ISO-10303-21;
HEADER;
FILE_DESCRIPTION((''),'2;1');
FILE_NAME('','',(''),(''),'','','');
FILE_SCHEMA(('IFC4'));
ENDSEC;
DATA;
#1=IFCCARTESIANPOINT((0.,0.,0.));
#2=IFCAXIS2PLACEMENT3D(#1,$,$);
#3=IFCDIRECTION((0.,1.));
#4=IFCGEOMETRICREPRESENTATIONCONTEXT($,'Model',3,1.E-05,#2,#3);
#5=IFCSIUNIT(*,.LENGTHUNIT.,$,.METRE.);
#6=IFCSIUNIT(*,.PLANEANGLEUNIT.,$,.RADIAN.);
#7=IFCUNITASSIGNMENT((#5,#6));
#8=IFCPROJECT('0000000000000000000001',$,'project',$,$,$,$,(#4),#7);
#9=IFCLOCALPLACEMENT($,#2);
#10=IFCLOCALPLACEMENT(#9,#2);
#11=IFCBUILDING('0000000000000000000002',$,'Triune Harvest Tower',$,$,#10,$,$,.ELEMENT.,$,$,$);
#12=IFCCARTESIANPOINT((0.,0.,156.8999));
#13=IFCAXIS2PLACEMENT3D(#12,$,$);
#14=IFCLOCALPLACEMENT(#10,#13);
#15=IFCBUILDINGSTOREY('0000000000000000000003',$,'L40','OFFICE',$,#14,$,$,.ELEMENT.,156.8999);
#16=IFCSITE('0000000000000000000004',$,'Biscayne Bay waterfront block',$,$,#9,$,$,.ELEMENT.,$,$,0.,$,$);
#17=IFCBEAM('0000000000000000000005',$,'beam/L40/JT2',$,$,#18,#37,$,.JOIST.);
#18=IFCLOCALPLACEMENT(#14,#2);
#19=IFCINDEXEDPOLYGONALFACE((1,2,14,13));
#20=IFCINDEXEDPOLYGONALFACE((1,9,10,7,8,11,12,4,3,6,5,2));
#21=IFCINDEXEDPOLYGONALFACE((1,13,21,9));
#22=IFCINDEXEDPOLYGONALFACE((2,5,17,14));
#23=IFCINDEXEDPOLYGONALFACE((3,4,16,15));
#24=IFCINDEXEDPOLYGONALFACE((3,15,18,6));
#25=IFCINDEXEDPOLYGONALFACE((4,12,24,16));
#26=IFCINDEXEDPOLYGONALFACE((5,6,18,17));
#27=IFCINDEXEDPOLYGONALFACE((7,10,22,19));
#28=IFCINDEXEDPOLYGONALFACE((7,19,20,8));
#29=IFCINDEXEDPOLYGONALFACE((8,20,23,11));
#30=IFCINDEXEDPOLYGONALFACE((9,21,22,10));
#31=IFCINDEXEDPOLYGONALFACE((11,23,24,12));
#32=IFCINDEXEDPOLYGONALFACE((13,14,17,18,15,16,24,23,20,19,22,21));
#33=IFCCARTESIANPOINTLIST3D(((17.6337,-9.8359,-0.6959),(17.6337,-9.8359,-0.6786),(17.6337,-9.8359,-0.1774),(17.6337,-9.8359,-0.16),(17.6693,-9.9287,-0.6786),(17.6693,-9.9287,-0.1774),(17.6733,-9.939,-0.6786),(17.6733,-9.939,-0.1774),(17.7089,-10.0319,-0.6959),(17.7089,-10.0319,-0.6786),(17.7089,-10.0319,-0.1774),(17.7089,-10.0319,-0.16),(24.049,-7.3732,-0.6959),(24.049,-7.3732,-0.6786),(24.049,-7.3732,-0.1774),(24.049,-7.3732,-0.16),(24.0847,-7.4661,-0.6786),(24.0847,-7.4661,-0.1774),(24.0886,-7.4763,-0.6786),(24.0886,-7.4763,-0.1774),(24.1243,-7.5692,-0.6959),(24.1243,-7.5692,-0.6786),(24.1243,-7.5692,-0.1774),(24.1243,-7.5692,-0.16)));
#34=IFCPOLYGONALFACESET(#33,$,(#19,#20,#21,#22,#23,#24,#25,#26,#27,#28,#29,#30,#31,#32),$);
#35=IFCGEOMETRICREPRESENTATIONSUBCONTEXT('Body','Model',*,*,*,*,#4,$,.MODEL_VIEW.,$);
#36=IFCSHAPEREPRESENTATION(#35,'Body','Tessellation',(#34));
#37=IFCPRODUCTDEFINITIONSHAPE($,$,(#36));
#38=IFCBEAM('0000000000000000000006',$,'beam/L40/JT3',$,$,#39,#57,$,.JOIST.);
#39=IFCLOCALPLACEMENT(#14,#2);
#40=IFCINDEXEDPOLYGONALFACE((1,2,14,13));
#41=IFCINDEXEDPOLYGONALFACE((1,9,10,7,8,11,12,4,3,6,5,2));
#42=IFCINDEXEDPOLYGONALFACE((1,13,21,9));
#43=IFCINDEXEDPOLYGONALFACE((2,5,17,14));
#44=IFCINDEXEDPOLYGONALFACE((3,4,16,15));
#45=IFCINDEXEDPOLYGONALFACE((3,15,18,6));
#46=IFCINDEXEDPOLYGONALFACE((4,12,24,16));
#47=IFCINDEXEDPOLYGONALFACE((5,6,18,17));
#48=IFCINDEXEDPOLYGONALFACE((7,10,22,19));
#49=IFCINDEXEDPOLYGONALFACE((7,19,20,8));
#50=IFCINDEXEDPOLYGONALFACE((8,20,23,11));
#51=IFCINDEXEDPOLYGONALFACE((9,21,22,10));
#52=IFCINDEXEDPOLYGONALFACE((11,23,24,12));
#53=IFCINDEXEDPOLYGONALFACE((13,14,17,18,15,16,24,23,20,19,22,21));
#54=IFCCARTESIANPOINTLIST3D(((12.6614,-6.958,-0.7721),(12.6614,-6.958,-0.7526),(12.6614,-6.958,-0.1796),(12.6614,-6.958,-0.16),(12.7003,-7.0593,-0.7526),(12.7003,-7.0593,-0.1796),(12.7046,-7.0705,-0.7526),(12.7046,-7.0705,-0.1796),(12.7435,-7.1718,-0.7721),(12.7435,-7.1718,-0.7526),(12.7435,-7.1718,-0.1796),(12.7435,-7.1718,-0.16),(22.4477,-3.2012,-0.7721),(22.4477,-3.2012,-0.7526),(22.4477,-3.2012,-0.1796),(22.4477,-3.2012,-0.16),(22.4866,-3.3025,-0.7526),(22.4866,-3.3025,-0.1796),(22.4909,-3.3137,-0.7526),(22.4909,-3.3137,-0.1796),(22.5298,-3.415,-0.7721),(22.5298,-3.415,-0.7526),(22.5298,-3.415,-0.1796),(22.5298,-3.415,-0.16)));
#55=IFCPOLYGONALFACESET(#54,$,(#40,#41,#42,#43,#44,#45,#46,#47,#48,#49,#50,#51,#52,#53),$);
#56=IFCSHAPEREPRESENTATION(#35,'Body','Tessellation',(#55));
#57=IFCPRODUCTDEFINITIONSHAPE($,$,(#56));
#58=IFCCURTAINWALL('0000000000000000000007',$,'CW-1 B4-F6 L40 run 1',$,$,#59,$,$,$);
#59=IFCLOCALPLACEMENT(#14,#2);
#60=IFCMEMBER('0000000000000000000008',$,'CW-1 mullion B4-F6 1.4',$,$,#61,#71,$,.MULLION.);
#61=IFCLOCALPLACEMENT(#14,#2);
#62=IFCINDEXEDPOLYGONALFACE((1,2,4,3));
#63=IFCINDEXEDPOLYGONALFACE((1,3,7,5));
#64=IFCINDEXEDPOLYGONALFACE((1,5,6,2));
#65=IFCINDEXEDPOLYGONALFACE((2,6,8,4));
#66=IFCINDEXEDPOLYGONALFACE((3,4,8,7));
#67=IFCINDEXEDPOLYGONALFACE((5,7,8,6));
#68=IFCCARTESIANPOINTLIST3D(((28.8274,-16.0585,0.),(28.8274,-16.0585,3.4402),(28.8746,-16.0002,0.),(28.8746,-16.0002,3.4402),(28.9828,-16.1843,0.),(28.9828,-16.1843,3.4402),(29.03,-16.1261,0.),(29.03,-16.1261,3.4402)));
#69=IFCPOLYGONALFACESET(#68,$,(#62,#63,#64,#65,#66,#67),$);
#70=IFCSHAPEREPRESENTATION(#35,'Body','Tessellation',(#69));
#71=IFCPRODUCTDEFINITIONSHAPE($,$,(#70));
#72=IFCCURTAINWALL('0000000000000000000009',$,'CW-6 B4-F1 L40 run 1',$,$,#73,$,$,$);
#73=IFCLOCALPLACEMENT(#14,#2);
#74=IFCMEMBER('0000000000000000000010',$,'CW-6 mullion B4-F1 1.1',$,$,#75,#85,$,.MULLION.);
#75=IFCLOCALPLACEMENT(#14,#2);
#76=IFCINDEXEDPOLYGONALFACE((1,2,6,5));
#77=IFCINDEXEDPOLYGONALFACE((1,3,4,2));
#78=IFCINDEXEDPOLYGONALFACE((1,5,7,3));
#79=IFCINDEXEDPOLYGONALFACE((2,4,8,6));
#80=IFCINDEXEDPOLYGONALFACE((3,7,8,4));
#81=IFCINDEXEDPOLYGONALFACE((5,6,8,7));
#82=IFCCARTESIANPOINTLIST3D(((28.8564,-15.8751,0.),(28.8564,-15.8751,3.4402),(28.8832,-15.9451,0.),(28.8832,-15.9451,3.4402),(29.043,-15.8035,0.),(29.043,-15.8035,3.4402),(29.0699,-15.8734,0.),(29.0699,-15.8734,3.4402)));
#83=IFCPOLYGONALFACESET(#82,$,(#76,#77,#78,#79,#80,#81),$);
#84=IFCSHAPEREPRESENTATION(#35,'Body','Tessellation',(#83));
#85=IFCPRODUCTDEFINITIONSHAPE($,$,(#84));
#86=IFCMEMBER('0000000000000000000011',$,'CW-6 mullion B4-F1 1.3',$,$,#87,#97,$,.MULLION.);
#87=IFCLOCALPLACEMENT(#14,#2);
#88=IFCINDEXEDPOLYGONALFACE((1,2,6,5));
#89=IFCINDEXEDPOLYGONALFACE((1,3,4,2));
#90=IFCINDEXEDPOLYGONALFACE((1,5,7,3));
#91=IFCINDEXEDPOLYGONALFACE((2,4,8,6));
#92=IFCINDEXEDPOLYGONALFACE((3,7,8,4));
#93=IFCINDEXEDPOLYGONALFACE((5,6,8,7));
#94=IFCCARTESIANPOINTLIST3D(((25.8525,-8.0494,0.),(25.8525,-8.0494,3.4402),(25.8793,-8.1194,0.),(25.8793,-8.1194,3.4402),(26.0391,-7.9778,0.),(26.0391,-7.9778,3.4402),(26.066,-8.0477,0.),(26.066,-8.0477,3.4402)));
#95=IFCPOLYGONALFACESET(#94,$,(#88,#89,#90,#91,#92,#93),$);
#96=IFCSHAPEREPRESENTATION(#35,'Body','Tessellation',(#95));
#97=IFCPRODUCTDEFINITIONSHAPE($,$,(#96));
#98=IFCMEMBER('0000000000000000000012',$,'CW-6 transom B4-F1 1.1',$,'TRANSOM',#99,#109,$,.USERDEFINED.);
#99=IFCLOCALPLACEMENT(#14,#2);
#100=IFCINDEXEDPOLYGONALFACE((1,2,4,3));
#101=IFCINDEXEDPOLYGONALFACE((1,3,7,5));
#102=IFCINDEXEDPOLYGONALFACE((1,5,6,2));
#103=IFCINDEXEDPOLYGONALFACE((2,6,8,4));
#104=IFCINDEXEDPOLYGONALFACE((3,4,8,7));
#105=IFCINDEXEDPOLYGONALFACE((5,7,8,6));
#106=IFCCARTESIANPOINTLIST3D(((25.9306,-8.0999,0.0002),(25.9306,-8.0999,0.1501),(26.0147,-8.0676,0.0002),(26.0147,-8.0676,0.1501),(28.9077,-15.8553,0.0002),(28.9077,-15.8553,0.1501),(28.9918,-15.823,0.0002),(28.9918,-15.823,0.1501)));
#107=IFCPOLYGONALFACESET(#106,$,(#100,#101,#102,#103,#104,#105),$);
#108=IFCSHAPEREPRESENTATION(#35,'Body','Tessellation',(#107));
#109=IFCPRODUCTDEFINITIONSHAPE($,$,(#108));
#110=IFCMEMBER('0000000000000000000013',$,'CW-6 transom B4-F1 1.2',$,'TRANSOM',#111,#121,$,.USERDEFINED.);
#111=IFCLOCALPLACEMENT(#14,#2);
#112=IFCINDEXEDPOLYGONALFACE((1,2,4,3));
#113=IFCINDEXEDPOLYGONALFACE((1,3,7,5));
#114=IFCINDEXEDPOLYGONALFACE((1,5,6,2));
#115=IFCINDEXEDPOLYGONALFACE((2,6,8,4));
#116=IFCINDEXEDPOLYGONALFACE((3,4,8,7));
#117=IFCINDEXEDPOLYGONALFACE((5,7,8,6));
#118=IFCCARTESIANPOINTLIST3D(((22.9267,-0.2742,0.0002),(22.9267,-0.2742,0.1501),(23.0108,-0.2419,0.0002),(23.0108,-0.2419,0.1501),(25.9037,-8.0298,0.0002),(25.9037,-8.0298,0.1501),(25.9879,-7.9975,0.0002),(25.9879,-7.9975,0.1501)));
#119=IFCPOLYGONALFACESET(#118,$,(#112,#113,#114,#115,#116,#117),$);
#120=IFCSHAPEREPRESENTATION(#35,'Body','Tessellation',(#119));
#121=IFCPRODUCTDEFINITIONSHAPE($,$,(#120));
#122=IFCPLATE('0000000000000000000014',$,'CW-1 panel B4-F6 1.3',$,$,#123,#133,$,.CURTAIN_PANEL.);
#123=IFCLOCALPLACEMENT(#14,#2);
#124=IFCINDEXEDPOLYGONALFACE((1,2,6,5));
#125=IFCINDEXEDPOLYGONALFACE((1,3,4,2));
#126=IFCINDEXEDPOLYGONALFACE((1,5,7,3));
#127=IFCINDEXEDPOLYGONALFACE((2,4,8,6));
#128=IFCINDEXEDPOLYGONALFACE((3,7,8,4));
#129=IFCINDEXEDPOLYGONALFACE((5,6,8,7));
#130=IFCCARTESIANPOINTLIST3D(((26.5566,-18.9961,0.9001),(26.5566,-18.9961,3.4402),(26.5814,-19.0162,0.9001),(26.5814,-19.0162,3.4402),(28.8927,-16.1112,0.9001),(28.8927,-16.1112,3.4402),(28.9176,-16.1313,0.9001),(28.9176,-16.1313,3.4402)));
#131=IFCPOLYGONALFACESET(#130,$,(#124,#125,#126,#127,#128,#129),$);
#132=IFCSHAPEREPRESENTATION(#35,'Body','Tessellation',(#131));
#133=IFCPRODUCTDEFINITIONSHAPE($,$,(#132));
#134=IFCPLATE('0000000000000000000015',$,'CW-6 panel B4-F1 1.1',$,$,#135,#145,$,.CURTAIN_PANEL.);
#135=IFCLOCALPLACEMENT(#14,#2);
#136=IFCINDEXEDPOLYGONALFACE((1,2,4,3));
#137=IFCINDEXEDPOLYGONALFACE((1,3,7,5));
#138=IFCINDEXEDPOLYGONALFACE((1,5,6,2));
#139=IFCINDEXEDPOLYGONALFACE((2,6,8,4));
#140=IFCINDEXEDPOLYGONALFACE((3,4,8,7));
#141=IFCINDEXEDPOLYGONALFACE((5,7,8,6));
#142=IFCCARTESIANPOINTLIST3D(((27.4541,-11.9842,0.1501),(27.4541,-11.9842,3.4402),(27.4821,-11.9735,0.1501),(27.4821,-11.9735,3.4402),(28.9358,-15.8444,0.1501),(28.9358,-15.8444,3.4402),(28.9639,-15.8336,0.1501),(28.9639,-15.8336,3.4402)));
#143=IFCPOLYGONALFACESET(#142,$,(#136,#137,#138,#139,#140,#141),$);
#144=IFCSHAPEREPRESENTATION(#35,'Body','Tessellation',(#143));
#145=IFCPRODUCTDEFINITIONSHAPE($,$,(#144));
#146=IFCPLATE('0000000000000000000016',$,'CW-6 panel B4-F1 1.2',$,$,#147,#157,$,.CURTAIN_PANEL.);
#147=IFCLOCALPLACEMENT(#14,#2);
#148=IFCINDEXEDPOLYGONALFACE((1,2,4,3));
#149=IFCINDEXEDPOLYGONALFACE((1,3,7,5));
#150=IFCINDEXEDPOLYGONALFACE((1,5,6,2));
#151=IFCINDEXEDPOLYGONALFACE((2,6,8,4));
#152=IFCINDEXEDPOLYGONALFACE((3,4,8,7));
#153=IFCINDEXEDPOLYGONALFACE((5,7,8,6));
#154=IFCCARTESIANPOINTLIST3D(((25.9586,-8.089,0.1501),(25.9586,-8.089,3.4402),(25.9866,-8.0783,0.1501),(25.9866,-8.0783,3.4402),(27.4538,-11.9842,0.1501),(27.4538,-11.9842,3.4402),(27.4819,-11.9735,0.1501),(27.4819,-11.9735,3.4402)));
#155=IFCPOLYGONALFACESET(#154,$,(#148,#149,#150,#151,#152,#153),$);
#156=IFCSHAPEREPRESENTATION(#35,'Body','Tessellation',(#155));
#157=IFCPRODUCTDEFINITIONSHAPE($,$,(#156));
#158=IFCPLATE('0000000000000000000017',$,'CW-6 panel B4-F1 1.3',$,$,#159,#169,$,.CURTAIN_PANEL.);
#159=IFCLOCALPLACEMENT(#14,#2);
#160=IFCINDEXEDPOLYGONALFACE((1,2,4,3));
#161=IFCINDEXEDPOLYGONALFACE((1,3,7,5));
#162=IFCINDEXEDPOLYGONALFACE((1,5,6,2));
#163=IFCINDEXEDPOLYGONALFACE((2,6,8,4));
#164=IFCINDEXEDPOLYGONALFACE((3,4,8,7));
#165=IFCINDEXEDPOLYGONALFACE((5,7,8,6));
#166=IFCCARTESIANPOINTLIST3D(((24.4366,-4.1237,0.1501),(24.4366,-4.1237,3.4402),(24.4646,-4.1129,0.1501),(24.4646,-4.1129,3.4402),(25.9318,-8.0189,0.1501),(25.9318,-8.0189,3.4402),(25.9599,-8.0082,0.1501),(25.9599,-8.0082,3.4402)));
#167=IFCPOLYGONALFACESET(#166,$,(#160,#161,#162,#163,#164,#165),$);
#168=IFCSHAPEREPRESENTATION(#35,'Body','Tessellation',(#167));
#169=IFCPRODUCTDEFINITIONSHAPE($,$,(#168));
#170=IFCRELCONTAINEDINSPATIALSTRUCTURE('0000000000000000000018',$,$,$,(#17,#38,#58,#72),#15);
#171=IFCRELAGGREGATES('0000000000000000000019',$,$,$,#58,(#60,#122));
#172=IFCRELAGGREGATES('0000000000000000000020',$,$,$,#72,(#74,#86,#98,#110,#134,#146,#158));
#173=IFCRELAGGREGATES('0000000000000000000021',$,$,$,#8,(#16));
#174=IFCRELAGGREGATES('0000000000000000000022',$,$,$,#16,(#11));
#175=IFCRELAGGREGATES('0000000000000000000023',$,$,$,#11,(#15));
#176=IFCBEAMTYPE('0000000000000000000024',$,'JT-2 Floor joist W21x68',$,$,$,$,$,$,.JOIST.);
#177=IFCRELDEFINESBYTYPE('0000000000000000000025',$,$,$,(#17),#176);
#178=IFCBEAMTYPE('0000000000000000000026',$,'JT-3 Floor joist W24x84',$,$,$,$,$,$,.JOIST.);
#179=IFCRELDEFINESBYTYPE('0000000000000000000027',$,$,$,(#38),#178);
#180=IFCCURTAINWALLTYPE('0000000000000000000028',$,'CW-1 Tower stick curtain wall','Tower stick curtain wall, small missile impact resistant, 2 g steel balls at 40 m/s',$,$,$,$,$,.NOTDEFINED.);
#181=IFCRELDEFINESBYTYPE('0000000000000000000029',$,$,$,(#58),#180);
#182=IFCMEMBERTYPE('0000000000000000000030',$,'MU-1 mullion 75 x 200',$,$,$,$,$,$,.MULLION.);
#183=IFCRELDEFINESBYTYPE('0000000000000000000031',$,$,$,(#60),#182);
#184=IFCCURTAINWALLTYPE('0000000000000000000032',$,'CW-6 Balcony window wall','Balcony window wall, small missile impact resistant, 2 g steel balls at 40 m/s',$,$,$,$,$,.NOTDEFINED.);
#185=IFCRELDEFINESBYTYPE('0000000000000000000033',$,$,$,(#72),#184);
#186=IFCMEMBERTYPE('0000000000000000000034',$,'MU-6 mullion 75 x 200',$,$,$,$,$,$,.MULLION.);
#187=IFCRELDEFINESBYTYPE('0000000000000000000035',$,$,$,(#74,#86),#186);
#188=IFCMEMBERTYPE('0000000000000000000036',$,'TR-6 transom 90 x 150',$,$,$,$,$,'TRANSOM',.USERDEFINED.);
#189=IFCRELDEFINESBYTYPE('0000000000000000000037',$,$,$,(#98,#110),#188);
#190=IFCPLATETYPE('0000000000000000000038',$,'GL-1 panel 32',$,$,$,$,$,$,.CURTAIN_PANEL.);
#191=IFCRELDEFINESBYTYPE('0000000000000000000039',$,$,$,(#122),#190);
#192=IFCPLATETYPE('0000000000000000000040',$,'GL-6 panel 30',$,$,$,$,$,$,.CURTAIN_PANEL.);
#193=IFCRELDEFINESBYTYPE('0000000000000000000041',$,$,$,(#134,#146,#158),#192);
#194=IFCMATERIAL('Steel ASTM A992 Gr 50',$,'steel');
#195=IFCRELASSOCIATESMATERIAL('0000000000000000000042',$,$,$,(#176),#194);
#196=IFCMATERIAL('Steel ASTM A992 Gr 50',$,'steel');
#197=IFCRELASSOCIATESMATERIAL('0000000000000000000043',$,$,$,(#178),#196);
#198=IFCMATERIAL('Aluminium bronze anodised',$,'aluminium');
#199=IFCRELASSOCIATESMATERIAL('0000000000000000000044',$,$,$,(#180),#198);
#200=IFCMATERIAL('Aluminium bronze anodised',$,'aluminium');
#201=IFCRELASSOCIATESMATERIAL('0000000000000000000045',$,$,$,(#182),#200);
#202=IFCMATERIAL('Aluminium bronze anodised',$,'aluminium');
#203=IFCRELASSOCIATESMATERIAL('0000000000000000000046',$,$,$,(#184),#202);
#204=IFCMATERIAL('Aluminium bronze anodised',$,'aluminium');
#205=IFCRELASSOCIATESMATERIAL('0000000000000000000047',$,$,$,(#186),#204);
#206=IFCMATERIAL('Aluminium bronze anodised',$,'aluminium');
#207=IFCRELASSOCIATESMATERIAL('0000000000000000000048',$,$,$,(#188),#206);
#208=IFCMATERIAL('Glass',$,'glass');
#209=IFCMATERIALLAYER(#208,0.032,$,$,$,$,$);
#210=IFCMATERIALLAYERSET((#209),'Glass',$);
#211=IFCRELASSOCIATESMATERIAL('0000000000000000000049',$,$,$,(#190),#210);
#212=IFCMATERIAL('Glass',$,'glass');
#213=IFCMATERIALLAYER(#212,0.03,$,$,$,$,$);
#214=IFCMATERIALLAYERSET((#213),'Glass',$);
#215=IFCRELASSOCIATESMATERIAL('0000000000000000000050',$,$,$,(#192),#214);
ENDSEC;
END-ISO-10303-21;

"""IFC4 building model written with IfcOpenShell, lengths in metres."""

from ifc_helpers import new_model, si_unit, direction, frame, origin, origin_2d, place, context, subcontext, project, spatial, rectangle, i_section, extrude, source, transform, mapped, material, layer, layer_set, material_profile, profile_set, type_object, element, aggregate, save


model = new_model("IFC4")

# Units and contexts
model_context = context("Model", 3, precision=1e-05, world=origin(), true_north=direction((0.0, 1.0)))
body_context = subcontext(model_context, "Body", "Model", "MODEL_VIEW")
ifc_project = project(units=[si_unit("LENGTHUNIT", "METRE"), si_unit("PLANEANGLEUNIT", "RADIAN")], contexts=[model_context])

# Site, building, storey
site_placement = place(None, origin())
site = spatial("IfcSite", under=ifc_project, at=site_placement, Name="Biscayne Bay waterfront block", CompositionType="ELEMENT", RefElevation=0.0)
building_placement = place(site_placement, origin())
building = spatial("IfcBuilding", under=site, at=building_placement, Name="Triune Harvest Tower", CompositionType="ELEMENT")
storey_placement = place(building_placement, frame((0.0, 0.0, 156.8999)))
storey = spatial("IfcBuildingStorey", under=building, at=storey_placement, Name="L40", Description="OFFICE", CompositionType="ELEMENT", Elevation=156.8999)

# Beams
ifc_material_1 = material(Name="Steel ASTM A992 Gr 50", Category="steel")
ifc_material_profile_1 = material_profile(ifc_material_1, i_section(OverallWidth=0.21, OverallDepth=0.5359, WebThickness=0.011, FlangeThickness=0.0173, at=origin_2d()), Name="W21x68")
ifc_profile_set_1 = profile_set([ifc_material_profile_1], Name="Steel ASTM A992 Gr 50")
beam_type_1 = type_object("IfcBeamType", Name="JT-2 Floor joist W21x68", PredefinedType="JOIST", material=ifc_profile_set_1)
shared_shape_1 = source(origin(), body_context, "Body", "SweptSolid", [
    extrude(i_section(OverallWidth=0.21, OverallDepth=0.5359, WebThickness=0.011, FlangeThickness=0.0173, at=origin_2d()), origin(), (0.0, 0.0, 1.0), 6.8718),
])
beam_1_placement = place(storey_placement, frame((24.0867, -7.4712, -0.428), z_axis=(-0.933578, -0.358374, 0.0), x_axis=(0.358374, -0.933578, 0.0)))
element("IfcBeam", 1, at=beam_1_placement, inside=storey, type_object=beam_type_1, Name="beam/L40/JT2", PredefinedType="JOIST", context=body_context, shape_type="MappedRepresentation", body=[
    mapped(shared_shape_1, transform((0.0, 0.0, 0.0), scale=1.0)),
])
ifc_material_2 = material(Name="Steel ASTM A992 Gr 50", Category="steel")
ifc_material_profile_2 = material_profile(ifc_material_2, i_section(OverallWidth=0.229, OverallDepth=0.6121, WebThickness=0.012, FlangeThickness=0.0195, at=origin_2d()), Name="W24x84")
ifc_profile_set_2 = profile_set([ifc_material_profile_2], Name="Steel ASTM A992 Gr 50")
beam_type_2 = type_object("IfcBeamType", Name="JT-3 Floor joist W24x84", PredefinedType="JOIST", material=ifc_profile_set_2)
shared_shape_2 = source(origin(), body_context, "Body", "SweptSolid", [
    extrude(i_section(OverallWidth=0.229, OverallDepth=0.6121, WebThickness=0.012, FlangeThickness=0.0195, at=origin_2d()), origin(), (0.0, 0.0, 1.0), 10.4827),
])
beam_2_placement = place(storey_placement, frame((22.4888, -3.3081, -0.4661), z_axis=(-0.933574, -0.358384, 0.0), x_axis=(0.358384, -0.933574, 0.0)))
element("IfcBeam", 2, at=beam_2_placement, inside=storey, type_object=beam_type_2, Name="beam/L40/JT3", PredefinedType="JOIST", context=body_context, shape_type="MappedRepresentation", body=[
    mapped(shared_shape_2, transform((0.0, 0.0, 0.0), scale=1.0)),
])

# Curtain wall, member
ifc_material_3 = material(Name="Aluminium bronze anodised", Category="aluminium")
curtain_wall_type_1 = type_object("IfcCurtainWallType", Name="CW-1 Tower stick curtain wall", Description="Tower stick curtain wall, small missile impact resistant, 2 g steel balls at 40 m/s", PredefinedType="NOTDEFINED", material=ifc_material_3)
curtain_wall_1_placement = place(storey_placement, origin())
curtain_wall_1 = element("IfcCurtainWall", 3, at=curtain_wall_1_placement, inside=storey, type_object=curtain_wall_type_1, Name="CW-1 B4-F6 L40 run 1")
ifc_material_4 = material(Name="Aluminium bronze anodised", Category="aluminium")
ifc_material_profile_3 = material_profile(ifc_material_4, rectangle(XDim=0.2, YDim=0.075, at=origin_2d()), Name="MU-1 mullion 75 x 200")
ifc_profile_set_3 = profile_set([ifc_material_profile_3], Name="Aluminium bronze anodised")
member_type_1 = type_object("IfcMemberType", Name="MU-1 mullion 75 x 200", PredefinedType="MULLION", material=ifc_profile_set_3)
shared_shape_3 = source(origin(), body_context, "Body", "SweptSolid", [
    extrude(rectangle(XDim=0.2, YDim=0.075, at=origin_2d()), origin(), (0.0, 0.0, 1.0), 3.4402),
])
member_1_placement = place(storey_placement, frame((28.9287, -16.0923, 0.0), z_axis=(0.0, 0.0, 1.0), x_axis=(-0.777146, 0.629321, 0.0)))
member_1 = element("IfcMember", 4, at=member_1_placement, type_object=member_type_1, Name="CW-1 mullion B4-F6 1.4", PredefinedType="MULLION", context=body_context, shape_type="MappedRepresentation", body=[
    mapped(shared_shape_3, transform((0.0, 0.0, 0.0), scale=1.0)),
])

# Curtain wall, members
ifc_material_5 = material(Name="Aluminium bronze anodised", Category="aluminium")
curtain_wall_type_2 = type_object("IfcCurtainWallType", Name="CW-6 Balcony window wall", Description="Balcony window wall, small missile impact resistant, 2 g steel balls at 40 m/s", PredefinedType="NOTDEFINED", material=ifc_material_5)
curtain_wall_2_placement = place(storey_placement, origin())
curtain_wall_2 = element("IfcCurtainWall", 5, at=curtain_wall_2_placement, inside=storey, type_object=curtain_wall_type_2, Name="CW-6 B4-F1 L40 run 1")
ifc_material_6 = material(Name="Aluminium bronze anodised", Category="aluminium")
ifc_material_profile_4 = material_profile(ifc_material_6, rectangle(XDim=0.2, YDim=0.075, at=origin_2d()), Name="MU-6 mullion 75 x 200")
ifc_profile_set_4 = profile_set([ifc_material_profile_4], Name="Aluminium bronze anodised")
member_type_2 = type_object("IfcMemberType", Name="MU-6 mullion 75 x 200", PredefinedType="MULLION", material=ifc_profile_set_4)
shared_shape_4 = source(origin(), body_context, "Body", "SweptSolid", [
    extrude(rectangle(XDim=0.2, YDim=0.075, at=origin_2d()), origin(), (0.0, 0.0, 1.0), 3.4402),
])
member_2_placement = place(storey_placement, frame((28.9631, -15.8743, 0.0), z_axis=(0.0, 0.0, 1.0), x_axis=(-0.933581, -0.358367, 0.0)))
member_2 = element("IfcMember", 6, at=member_2_placement, type_object=member_type_2, Name="CW-6 mullion B4-F1 1.1", PredefinedType="MULLION", context=body_context, shape_type="MappedRepresentation", body=[
    mapped(shared_shape_4, transform((0.0, 0.0, 0.0), scale=1.0)),
])
member_3_placement = place(storey_placement, frame((25.9592, -8.0486, 0.0), z_axis=(0.0, 0.0, 1.0), x_axis=(-0.933581, -0.358367, 0.0)))
member_3 = element("IfcMember", 7, at=member_3_placement, type_object=member_type_2, Name="CW-6 mullion B4-F1 1.3", PredefinedType="MULLION", context=body_context, shape_type="MappedRepresentation", body=[
    mapped(shared_shape_4, transform((0.0, 0.0, 0.0), scale=1.0)),
])
ifc_material_7 = material(Name="Aluminium bronze anodised", Category="aluminium")
ifc_material_profile_5 = material_profile(ifc_material_7, rectangle(XDim=0.0901, YDim=0.1499, at=origin_2d()), Name="TR-6 transom 90 x 150")
ifc_profile_set_5 = profile_set([ifc_material_profile_5], Name="Aluminium bronze anodised")
member_type_3 = type_object("IfcMemberType", Name="TR-6 transom 90 x 150", ElementType="TRANSOM", PredefinedType="USERDEFINED", material=ifc_profile_set_5)
shared_shape_5 = source(origin(), body_context, "Body", "SweptSolid", [
    extrude(rectangle(XDim=0.0901, YDim=0.1499, at=origin_2d()), origin(), (0.0, 0.0, 1.0), 8.3071),
])
member_4_placement = place(storey_placement, frame((28.9497, -15.8391, 0.0752), z_axis=(-0.358372, 0.933579, 0.0), x_axis=(-0.933579, -0.358372, 0.0)))
member_4 = element("IfcMember", 8, at=member_4_placement, type_object=member_type_3, Name="CW-6 transom B4-F1 1.1", ObjectType="TRANSOM", PredefinedType="USERDEFINED", context=body_context, shape_type="MappedRepresentation", body=[
    mapped(shared_shape_5, transform((0.0, 0.0, 0.0), scale=1.0)),
])
shared_shape_6 = source(origin(), body_context, "Body", "SweptSolid", [
    extrude(rectangle(XDim=0.0901, YDim=0.1499, at=origin_2d()), origin(), (0.0, 0.0, 1.0), 8.3074),
])
member_5_placement = place(storey_placement, frame((25.9458, -8.0137, 0.0752), z_axis=(-0.358363, 0.933582, 0.0), x_axis=(-0.933582, -0.358363, 0.0)))
member_5 = element("IfcMember", 9, at=member_5_placement, type_object=member_type_3, Name="CW-6 transom B4-F1 1.2", ObjectType="TRANSOM", PredefinedType="USERDEFINED", context=body_context, shape_type="MappedRepresentation", body=[
    mapped(shared_shape_6, transform((0.0, 0.0, 0.0), scale=1.0)),
])

# Plates
ifc_material_8 = material(Name="Glass", Category="glass")
ifc_layer_1 = layer(ifc_material_8, 0.032)
ifc_layer_set_1 = layer_set([ifc_layer_1], Name="Glass")
plate_type_1 = type_object("IfcPlateType", Name="GL-1 panel 32", PredefinedType="CURTAIN_PANEL", material=ifc_layer_set_1)
shared_shape_7 = source(origin(), body_context, "Body", "SweptSolid", [
    extrude(rectangle(XDim=3.7122, YDim=0.032, at=origin_2d()), origin(), (0.0, 0.0, 1.0), 2.54),
])
plate_1_placement = place(storey_placement, frame((27.7371, -17.5637, 0.9001), z_axis=(0.0, 0.0, 1.0), x_axis=(0.629321, 0.777146, 0.0)))
plate_1 = element("IfcPlate", 10, at=plate_1_placement, type_object=plate_type_1, Name="CW-1 panel B4-F6 1.3", PredefinedType="CURTAIN_PANEL", context=body_context, shape_type="MappedRepresentation", body=[
    mapped(shared_shape_7, transform((0.0, 0.0, 0.0), scale=1.0)),
])
aggregate(curtain_wall_1, [member_1, plate_1])
ifc_material_9 = material(Name="Glass", Category="glass")
ifc_layer_2 = layer(ifc_material_9, 0.03)
ifc_layer_set_2 = layer_set([ifc_layer_2], Name="Glass")
plate_type_2 = type_object("IfcPlateType", Name="GL-6 panel 30", PredefinedType="CURTAIN_PANEL", material=ifc_layer_set_2)
shared_shape_8 = source(origin(), body_context, "Body", "SweptSolid", [
    extrude(rectangle(XDim=4.1348, YDim=0.03, at=origin_2d()), origin(), (0.0, 0.0, 1.0), 3.29),
])
plate_2_placement = place(storey_placement, frame((28.209, -13.9089, 0.1501), z_axis=(0.0, 0.0, 1.0), x_axis=(-0.358367, 0.933581, 0.0)))
plate_2 = element("IfcPlate", 11, at=plate_2_placement, type_object=plate_type_2, Name="CW-6 panel B4-F1 1.1", PredefinedType="CURTAIN_PANEL", context=body_context, shape_type="MappedRepresentation", body=[
    mapped(shared_shape_8, transform((0.0, 0.0, 0.0), scale=1.0)),
])
shared_shape_9 = source(origin(), body_context, "Body", "SweptSolid", [
    extrude(rectangle(XDim=4.1724, YDim=0.03, at=origin_2d()), origin(), (0.0, 0.0, 1.0), 3.29),
])
plate_3_placement = place(storey_placement, frame((26.7202, -10.0312, 0.1501), z_axis=(0.0, 0.0, 1.0), x_axis=(-0.358367, 0.933581, 0.0)))
plate_3 = element("IfcPlate", 12, at=plate_3_placement, type_object=plate_type_2, Name="CW-6 panel B4-F1 1.2", PredefinedType="CURTAIN_PANEL", context=body_context, shape_type="MappedRepresentation", body=[
    mapped(shared_shape_9, transform((0.0, 0.0, 0.0), scale=1.0)),
])
plate_4_placement = place(storey_placement, frame((25.1982, -6.0659, 0.1501), z_axis=(0.0, 0.0, 1.0), x_axis=(-0.358367, 0.933581, 0.0)))
plate_4 = element("IfcPlate", 13, at=plate_4_placement, type_object=plate_type_2, Name="CW-6 panel B4-F1 1.3", PredefinedType="CURTAIN_PANEL", context=body_context, shape_type="MappedRepresentation", body=[
    mapped(shared_shape_9, transform((0.0, 0.0, 0.0), scale=1.0)),
])
aggregate(curtain_wall_2, [member_2, member_3, member_4, member_5, plate_2, plate_3, plate_4])

save(model, "model.ifc")
